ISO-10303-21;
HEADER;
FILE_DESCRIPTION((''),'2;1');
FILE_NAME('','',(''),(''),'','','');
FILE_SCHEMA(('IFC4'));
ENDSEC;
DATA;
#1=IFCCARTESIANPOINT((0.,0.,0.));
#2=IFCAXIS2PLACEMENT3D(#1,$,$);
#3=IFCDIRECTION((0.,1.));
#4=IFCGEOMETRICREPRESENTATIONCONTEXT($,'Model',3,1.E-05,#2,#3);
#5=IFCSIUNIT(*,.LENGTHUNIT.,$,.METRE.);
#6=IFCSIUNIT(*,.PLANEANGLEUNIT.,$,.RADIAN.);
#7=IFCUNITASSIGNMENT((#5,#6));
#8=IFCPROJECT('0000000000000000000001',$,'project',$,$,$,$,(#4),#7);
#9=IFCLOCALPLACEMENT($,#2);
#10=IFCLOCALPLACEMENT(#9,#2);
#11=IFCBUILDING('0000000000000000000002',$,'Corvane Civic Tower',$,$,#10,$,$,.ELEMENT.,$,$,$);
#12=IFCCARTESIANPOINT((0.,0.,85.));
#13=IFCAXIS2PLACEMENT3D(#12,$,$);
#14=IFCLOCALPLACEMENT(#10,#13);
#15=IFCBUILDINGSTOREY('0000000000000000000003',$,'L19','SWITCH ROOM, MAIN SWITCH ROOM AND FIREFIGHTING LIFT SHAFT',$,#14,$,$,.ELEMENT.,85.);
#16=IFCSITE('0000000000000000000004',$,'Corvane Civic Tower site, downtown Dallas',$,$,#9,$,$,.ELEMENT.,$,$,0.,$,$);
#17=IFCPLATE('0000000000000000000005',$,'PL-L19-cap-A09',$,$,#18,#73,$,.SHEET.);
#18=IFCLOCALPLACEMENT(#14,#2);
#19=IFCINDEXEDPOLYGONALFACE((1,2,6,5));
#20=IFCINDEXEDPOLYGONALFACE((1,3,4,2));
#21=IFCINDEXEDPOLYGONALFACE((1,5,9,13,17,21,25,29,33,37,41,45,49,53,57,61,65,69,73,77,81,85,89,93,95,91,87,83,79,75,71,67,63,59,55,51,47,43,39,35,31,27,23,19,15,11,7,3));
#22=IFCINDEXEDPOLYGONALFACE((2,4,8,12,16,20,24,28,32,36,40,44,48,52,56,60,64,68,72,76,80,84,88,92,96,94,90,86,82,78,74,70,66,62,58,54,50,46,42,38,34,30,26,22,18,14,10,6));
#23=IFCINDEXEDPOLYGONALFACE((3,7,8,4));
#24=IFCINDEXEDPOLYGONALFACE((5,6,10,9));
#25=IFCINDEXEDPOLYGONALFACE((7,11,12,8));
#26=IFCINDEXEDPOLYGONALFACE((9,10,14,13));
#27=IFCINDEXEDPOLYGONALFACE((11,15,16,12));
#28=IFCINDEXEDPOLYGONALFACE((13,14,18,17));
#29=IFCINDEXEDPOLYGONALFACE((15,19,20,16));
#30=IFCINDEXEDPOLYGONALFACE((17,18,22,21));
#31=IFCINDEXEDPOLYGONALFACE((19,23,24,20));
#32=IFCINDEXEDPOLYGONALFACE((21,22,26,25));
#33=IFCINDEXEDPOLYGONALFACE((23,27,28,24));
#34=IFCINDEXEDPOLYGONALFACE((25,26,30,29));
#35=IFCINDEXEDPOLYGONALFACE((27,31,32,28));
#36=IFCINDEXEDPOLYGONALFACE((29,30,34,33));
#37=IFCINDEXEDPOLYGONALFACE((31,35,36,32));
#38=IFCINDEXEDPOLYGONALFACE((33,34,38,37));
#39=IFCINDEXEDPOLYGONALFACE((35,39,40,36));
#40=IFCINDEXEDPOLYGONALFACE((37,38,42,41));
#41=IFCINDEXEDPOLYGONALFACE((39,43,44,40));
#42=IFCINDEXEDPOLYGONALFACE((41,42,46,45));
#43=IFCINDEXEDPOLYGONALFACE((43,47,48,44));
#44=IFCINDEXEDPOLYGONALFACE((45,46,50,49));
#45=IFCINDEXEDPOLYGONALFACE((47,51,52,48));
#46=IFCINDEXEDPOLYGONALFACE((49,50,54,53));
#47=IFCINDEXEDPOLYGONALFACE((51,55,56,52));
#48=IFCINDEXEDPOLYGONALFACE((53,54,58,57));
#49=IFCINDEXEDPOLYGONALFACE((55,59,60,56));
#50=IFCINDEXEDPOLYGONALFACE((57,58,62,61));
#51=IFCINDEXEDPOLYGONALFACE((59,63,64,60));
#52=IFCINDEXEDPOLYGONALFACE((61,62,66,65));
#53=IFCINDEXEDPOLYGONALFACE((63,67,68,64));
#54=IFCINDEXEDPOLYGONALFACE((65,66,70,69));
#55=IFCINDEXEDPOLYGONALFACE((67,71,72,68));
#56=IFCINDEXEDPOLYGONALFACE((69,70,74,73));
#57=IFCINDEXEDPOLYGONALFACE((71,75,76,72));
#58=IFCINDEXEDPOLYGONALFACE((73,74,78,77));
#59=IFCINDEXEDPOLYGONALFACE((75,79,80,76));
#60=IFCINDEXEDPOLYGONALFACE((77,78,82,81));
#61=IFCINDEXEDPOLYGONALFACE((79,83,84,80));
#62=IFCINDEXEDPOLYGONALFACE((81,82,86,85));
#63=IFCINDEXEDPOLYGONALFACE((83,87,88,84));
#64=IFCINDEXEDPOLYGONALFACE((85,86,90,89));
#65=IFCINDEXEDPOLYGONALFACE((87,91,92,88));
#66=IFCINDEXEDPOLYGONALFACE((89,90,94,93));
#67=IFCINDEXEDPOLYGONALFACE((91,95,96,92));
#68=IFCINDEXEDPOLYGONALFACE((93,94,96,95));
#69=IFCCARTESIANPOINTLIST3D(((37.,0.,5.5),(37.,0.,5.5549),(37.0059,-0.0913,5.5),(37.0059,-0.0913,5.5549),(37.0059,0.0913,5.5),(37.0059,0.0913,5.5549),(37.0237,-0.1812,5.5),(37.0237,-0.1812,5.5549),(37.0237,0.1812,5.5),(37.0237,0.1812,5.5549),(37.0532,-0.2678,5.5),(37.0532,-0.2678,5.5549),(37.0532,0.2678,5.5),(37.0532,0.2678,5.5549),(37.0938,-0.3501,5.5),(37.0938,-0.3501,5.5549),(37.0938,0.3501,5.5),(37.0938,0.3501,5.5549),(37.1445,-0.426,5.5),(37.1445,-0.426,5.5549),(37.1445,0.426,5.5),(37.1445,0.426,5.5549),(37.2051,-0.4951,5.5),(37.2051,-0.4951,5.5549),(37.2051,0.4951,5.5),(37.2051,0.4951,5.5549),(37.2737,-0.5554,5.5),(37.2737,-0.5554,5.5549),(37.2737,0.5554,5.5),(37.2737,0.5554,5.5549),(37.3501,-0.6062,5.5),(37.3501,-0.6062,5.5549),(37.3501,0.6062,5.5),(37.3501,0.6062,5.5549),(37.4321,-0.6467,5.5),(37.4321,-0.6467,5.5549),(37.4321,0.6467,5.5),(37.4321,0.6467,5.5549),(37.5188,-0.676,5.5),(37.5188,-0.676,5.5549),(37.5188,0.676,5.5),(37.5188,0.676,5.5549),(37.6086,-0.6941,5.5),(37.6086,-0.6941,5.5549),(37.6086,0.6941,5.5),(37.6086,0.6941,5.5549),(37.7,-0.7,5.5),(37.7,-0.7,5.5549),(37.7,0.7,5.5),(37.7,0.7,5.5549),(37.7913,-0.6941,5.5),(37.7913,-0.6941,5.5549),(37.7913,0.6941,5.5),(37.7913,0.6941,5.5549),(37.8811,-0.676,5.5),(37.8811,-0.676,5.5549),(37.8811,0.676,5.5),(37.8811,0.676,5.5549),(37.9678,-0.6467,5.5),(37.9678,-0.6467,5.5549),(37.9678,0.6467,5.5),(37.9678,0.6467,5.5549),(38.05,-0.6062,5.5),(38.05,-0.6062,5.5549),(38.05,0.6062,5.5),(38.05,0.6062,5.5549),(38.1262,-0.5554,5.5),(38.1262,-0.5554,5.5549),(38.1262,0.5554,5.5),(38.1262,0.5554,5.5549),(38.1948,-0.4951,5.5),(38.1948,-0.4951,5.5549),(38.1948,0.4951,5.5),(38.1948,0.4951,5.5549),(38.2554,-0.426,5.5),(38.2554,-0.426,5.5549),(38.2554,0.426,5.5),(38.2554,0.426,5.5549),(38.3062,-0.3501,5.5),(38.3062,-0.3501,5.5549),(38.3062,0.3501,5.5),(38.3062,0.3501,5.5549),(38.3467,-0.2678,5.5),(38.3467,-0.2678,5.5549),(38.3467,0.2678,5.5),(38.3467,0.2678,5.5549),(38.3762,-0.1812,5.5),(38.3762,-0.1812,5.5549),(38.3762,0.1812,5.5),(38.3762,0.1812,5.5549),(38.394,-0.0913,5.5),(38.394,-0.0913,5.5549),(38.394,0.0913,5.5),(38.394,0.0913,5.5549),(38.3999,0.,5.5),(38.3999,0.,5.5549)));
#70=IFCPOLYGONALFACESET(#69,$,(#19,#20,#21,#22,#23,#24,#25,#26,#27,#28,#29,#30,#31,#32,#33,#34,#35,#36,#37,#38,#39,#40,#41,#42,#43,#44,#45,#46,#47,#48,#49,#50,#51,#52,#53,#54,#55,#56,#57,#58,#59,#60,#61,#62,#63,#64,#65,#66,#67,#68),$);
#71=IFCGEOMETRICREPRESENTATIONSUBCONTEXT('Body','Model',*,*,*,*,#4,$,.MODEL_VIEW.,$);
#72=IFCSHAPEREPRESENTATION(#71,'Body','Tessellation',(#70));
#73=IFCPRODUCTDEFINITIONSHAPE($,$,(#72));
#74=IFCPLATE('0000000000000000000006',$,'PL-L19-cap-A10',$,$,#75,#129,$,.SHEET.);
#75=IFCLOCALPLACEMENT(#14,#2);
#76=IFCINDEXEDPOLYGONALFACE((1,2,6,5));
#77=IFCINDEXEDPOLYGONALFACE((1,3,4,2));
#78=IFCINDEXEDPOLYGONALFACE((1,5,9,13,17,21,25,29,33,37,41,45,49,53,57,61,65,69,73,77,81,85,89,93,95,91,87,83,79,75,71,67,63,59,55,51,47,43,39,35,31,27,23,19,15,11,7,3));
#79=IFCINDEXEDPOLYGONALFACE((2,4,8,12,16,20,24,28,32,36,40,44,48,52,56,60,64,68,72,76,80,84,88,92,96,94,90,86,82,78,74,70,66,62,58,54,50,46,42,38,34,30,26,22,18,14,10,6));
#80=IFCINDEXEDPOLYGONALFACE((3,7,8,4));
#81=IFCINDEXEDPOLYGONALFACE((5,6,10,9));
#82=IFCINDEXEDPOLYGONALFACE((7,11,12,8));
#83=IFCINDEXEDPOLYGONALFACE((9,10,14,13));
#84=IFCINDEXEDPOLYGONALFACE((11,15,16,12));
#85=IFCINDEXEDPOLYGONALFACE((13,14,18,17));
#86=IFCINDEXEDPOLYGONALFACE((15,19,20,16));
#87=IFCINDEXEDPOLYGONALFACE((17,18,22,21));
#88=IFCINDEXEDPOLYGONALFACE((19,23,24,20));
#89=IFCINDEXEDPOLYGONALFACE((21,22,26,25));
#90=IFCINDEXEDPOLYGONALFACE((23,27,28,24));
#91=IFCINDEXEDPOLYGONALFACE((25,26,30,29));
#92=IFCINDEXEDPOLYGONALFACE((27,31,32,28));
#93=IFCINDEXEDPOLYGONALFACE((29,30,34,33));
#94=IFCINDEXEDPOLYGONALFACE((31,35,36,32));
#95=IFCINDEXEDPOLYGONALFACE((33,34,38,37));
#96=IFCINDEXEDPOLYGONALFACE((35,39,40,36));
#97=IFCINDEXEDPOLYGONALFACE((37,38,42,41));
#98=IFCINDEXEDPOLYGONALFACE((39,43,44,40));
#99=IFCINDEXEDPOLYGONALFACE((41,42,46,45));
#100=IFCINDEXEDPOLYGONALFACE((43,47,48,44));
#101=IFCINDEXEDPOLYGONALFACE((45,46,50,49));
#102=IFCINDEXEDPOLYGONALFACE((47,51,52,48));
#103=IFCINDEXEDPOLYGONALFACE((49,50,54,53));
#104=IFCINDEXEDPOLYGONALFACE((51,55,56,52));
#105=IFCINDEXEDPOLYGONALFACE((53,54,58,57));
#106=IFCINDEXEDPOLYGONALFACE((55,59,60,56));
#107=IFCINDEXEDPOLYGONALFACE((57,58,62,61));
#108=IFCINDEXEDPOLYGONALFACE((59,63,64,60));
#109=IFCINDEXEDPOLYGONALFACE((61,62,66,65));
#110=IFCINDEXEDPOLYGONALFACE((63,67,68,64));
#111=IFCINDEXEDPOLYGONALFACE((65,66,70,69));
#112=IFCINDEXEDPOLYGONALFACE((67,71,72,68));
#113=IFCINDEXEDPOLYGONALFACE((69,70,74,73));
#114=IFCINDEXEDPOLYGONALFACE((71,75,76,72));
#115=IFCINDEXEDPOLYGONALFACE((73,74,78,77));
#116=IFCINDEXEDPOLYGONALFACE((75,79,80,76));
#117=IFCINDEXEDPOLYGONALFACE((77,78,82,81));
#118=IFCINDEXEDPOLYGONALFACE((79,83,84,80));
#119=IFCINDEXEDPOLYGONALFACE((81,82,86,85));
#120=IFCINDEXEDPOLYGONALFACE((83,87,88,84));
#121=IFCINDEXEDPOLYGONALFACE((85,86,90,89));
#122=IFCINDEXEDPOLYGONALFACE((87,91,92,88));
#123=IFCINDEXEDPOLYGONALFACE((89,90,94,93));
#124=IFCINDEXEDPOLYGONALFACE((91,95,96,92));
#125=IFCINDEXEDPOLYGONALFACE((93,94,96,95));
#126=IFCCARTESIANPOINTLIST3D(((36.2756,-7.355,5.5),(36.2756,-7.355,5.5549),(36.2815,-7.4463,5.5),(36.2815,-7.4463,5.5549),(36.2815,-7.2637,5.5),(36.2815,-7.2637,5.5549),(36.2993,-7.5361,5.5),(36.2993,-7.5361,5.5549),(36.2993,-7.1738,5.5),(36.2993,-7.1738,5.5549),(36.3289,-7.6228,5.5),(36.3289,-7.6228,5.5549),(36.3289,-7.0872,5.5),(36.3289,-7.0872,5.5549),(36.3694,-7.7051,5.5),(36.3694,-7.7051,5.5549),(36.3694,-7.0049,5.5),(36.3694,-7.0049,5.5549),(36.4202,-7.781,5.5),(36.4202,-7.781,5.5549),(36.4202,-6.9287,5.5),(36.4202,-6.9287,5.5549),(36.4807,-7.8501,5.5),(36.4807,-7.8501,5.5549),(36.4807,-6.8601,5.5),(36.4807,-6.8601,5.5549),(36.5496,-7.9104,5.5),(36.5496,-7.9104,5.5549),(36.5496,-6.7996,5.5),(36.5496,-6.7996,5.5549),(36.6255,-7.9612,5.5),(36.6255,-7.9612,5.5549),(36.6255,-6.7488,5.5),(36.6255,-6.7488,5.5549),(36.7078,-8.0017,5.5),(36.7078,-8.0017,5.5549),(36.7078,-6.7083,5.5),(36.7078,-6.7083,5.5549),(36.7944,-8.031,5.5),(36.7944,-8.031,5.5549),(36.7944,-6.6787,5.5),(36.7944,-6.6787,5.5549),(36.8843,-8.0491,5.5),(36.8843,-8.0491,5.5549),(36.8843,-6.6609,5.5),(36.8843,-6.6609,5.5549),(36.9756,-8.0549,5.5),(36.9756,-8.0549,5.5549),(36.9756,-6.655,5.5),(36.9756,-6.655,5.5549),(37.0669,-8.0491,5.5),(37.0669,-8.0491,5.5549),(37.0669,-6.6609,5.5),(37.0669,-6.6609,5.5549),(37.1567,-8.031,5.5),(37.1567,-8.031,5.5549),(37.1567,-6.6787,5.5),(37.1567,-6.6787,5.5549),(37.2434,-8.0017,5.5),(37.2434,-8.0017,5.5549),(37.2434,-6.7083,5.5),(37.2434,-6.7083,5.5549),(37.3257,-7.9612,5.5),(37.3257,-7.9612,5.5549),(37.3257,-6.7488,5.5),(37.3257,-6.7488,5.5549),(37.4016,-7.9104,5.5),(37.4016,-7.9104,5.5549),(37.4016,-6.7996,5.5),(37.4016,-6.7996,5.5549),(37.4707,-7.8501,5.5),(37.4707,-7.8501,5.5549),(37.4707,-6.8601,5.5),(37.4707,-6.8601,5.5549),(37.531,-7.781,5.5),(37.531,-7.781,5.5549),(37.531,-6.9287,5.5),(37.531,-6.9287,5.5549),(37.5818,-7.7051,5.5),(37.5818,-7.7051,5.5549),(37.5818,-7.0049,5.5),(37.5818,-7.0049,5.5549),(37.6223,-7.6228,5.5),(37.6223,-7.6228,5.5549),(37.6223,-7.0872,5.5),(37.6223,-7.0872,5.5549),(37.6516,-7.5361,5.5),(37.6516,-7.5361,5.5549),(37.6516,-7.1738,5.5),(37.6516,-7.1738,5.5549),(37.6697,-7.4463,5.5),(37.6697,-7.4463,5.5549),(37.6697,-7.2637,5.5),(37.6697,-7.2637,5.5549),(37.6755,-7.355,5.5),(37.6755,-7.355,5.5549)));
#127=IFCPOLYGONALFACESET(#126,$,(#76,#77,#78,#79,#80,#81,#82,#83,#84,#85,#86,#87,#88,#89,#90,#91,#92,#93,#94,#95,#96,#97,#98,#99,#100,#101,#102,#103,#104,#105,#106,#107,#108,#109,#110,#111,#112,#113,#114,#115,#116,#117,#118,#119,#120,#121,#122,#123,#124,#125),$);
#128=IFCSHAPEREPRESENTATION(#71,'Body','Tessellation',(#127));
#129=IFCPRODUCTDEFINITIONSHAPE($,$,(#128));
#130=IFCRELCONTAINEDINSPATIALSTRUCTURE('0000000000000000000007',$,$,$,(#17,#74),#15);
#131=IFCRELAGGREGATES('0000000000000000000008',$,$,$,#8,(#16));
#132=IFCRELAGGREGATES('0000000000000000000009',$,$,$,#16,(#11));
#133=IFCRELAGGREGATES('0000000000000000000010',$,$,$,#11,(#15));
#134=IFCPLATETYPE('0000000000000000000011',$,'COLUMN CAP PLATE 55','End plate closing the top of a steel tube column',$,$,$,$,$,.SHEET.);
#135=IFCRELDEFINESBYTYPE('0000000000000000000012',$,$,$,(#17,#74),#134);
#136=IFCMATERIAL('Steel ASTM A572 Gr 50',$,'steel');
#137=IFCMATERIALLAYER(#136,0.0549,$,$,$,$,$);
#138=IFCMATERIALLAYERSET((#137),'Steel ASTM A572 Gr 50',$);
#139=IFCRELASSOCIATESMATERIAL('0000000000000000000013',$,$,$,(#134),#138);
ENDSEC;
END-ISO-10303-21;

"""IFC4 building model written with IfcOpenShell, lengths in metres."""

from ifc_helpers import new_model, si_unit, direction, frame, origin, place, context, subcontext, project, spatial, polyline, outline, extrude, material, layer, layer_set, type_object, element, save


model = new_model("IFC4")

# Units and contexts
model_context = context("Model", 3, precision=1e-05, world=origin(), true_north=direction((0.0, 1.0)))
body_context = subcontext(model_context, "Body", "Model", "MODEL_VIEW")
ifc_project = project(units=[si_unit("LENGTHUNIT", "METRE"), si_unit("PLANEANGLEUNIT", "RADIAN")], contexts=[model_context])

# Site, building, storey
site_placement = place(None, origin())
site = spatial("IfcSite", under=ifc_project, at=site_placement, Name="Corvane Civic Tower site, downtown Dallas", CompositionType="ELEMENT", RefElevation=0.0)
building_placement = place(site_placement, origin())
building = spatial("IfcBuilding", under=site, at=building_placement, Name="Corvane Civic Tower", CompositionType="ELEMENT")
storey_placement = place(building_placement, frame((0.0, 0.0, 85.0)))
storey = spatial("IfcBuildingStorey", under=building, at=storey_placement, Name="L19", Description="SWITCH ROOM, MAIN SWITCH ROOM AND FIREFIGHTING LIFT SHAFT", CompositionType="ELEMENT", Elevation=85.0)

# Plates
ifc_material_1 = material(Name="Steel ASTM A572 Gr 50", Category="steel")
ifc_layer_1 = layer(ifc_material_1, 0.0549)
ifc_layer_set_1 = layer_set([ifc_layer_1], Name="Steel ASTM A572 Gr 50")
plate_type = type_object("IfcPlateType", Name="COLUMN CAP PLATE 55", Description="End plate closing the top of a steel tube column", PredefinedType="SHEET", material=ifc_layer_set_1)
plate_1_placement = place(storey_placement, frame((0.0, 0.0, 5.5)))
element("IfcPlate", 1, at=plate_1_placement, inside=storey, type_object=plate_type, Name="PL-L19-cap-A09", PredefinedType="SHEET", context=body_context, shape_type="SweptSolid", body=[
    extrude(outline(polyline([(38.3999, 0.0), (38.394, 0.0913), (38.3762, 0.1812), (38.3467, 0.2678), (38.3062, 0.3501), (38.2554, 0.426), (38.1948, 0.4951), (38.1262, 0.5554), (38.05, 0.6062), (37.9678, 0.6467), (37.8811, 0.676), (37.7913, 0.6941), (37.7, 0.7), (37.6086, 0.6941), (37.5188, 0.676), (37.4321, 0.6467), (37.3501, 0.6062), (37.2737, 0.5554), (37.2051, 0.4951), (37.1445, 0.426), (37.0938, 0.3501), (37.0532, 0.2678), (37.0237, 0.1812), (37.0059, 0.0913), (37.0, 0.0), (37.0059, -0.0913), (37.0237, -0.1812), (37.0532, -0.2678), (37.0938, -0.3501), (37.1445, -0.426), (37.2051, -0.4951), (37.2737, -0.5554), (37.3501, -0.6062), (37.4321, -0.6467), (37.5188, -0.676), (37.6086, -0.6941), (37.7, -0.7), (37.7913, -0.6941), (37.8811, -0.676), (37.9678, -0.6467), (38.05, -0.6062), (38.1262, -0.5554), (38.1948, -0.4951), (38.2554, -0.426), (38.3062, -0.3501), (38.3467, -0.2678), (38.3762, -0.1812), (38.394, -0.0913), (38.3999, 0.0)])), origin(), (0.0, 0.0, 1.0), 0.0549),
])
plate_2_placement = place(storey_placement, frame((0.0, 0.0, 5.5)))
element("IfcPlate", 2, at=plate_2_placement, inside=storey, type_object=plate_type, Name="PL-L19-cap-A10", PredefinedType="SHEET", context=body_context, shape_type="SweptSolid", body=[
    extrude(outline(polyline([(37.6755, -7.355), (37.6697, -7.2637), (37.6516, -7.1738), (37.6223, -7.0872), (37.5818, -7.0049), (37.531, -6.9287), (37.4707, -6.8601), (37.4016, -6.7996), (37.3257, -6.7488), (37.2434, -6.7083), (37.1567, -6.6787), (37.0669, -6.6609), (36.9756, -6.655), (36.8843, -6.6609), (36.7944, -6.6787), (36.7078, -6.7083), (36.6255, -6.7488), (36.5496, -6.7996), (36.4807, -6.8601), (36.4202, -6.9287), (36.3694, -7.0049), (36.3289, -7.0872), (36.2993, -7.1738), (36.2815, -7.2637), (36.2756, -7.355), (36.2815, -7.4463), (36.2993, -7.5361), (36.3289, -7.6228), (36.3694, -7.7051), (36.4202, -7.781), (36.4807, -7.8501), (36.5496, -7.9104), (36.6255, -7.9612), (36.7078, -8.0017), (36.7944, -8.031), (36.8843, -8.0491), (36.9756, -8.0549), (37.0669, -8.0491), (37.1567, -8.031), (37.2434, -8.0017), (37.3257, -7.9612), (37.4016, -7.9104), (37.4707, -7.8501), (37.531, -7.781), (37.5818, -7.7051), (37.6223, -7.6228), (37.6516, -7.5361), (37.6697, -7.4463), (37.6755, -7.355)])), origin(), (0.0, 0.0, 1.0), 0.0549),
])

save(model, "model.ifc")
